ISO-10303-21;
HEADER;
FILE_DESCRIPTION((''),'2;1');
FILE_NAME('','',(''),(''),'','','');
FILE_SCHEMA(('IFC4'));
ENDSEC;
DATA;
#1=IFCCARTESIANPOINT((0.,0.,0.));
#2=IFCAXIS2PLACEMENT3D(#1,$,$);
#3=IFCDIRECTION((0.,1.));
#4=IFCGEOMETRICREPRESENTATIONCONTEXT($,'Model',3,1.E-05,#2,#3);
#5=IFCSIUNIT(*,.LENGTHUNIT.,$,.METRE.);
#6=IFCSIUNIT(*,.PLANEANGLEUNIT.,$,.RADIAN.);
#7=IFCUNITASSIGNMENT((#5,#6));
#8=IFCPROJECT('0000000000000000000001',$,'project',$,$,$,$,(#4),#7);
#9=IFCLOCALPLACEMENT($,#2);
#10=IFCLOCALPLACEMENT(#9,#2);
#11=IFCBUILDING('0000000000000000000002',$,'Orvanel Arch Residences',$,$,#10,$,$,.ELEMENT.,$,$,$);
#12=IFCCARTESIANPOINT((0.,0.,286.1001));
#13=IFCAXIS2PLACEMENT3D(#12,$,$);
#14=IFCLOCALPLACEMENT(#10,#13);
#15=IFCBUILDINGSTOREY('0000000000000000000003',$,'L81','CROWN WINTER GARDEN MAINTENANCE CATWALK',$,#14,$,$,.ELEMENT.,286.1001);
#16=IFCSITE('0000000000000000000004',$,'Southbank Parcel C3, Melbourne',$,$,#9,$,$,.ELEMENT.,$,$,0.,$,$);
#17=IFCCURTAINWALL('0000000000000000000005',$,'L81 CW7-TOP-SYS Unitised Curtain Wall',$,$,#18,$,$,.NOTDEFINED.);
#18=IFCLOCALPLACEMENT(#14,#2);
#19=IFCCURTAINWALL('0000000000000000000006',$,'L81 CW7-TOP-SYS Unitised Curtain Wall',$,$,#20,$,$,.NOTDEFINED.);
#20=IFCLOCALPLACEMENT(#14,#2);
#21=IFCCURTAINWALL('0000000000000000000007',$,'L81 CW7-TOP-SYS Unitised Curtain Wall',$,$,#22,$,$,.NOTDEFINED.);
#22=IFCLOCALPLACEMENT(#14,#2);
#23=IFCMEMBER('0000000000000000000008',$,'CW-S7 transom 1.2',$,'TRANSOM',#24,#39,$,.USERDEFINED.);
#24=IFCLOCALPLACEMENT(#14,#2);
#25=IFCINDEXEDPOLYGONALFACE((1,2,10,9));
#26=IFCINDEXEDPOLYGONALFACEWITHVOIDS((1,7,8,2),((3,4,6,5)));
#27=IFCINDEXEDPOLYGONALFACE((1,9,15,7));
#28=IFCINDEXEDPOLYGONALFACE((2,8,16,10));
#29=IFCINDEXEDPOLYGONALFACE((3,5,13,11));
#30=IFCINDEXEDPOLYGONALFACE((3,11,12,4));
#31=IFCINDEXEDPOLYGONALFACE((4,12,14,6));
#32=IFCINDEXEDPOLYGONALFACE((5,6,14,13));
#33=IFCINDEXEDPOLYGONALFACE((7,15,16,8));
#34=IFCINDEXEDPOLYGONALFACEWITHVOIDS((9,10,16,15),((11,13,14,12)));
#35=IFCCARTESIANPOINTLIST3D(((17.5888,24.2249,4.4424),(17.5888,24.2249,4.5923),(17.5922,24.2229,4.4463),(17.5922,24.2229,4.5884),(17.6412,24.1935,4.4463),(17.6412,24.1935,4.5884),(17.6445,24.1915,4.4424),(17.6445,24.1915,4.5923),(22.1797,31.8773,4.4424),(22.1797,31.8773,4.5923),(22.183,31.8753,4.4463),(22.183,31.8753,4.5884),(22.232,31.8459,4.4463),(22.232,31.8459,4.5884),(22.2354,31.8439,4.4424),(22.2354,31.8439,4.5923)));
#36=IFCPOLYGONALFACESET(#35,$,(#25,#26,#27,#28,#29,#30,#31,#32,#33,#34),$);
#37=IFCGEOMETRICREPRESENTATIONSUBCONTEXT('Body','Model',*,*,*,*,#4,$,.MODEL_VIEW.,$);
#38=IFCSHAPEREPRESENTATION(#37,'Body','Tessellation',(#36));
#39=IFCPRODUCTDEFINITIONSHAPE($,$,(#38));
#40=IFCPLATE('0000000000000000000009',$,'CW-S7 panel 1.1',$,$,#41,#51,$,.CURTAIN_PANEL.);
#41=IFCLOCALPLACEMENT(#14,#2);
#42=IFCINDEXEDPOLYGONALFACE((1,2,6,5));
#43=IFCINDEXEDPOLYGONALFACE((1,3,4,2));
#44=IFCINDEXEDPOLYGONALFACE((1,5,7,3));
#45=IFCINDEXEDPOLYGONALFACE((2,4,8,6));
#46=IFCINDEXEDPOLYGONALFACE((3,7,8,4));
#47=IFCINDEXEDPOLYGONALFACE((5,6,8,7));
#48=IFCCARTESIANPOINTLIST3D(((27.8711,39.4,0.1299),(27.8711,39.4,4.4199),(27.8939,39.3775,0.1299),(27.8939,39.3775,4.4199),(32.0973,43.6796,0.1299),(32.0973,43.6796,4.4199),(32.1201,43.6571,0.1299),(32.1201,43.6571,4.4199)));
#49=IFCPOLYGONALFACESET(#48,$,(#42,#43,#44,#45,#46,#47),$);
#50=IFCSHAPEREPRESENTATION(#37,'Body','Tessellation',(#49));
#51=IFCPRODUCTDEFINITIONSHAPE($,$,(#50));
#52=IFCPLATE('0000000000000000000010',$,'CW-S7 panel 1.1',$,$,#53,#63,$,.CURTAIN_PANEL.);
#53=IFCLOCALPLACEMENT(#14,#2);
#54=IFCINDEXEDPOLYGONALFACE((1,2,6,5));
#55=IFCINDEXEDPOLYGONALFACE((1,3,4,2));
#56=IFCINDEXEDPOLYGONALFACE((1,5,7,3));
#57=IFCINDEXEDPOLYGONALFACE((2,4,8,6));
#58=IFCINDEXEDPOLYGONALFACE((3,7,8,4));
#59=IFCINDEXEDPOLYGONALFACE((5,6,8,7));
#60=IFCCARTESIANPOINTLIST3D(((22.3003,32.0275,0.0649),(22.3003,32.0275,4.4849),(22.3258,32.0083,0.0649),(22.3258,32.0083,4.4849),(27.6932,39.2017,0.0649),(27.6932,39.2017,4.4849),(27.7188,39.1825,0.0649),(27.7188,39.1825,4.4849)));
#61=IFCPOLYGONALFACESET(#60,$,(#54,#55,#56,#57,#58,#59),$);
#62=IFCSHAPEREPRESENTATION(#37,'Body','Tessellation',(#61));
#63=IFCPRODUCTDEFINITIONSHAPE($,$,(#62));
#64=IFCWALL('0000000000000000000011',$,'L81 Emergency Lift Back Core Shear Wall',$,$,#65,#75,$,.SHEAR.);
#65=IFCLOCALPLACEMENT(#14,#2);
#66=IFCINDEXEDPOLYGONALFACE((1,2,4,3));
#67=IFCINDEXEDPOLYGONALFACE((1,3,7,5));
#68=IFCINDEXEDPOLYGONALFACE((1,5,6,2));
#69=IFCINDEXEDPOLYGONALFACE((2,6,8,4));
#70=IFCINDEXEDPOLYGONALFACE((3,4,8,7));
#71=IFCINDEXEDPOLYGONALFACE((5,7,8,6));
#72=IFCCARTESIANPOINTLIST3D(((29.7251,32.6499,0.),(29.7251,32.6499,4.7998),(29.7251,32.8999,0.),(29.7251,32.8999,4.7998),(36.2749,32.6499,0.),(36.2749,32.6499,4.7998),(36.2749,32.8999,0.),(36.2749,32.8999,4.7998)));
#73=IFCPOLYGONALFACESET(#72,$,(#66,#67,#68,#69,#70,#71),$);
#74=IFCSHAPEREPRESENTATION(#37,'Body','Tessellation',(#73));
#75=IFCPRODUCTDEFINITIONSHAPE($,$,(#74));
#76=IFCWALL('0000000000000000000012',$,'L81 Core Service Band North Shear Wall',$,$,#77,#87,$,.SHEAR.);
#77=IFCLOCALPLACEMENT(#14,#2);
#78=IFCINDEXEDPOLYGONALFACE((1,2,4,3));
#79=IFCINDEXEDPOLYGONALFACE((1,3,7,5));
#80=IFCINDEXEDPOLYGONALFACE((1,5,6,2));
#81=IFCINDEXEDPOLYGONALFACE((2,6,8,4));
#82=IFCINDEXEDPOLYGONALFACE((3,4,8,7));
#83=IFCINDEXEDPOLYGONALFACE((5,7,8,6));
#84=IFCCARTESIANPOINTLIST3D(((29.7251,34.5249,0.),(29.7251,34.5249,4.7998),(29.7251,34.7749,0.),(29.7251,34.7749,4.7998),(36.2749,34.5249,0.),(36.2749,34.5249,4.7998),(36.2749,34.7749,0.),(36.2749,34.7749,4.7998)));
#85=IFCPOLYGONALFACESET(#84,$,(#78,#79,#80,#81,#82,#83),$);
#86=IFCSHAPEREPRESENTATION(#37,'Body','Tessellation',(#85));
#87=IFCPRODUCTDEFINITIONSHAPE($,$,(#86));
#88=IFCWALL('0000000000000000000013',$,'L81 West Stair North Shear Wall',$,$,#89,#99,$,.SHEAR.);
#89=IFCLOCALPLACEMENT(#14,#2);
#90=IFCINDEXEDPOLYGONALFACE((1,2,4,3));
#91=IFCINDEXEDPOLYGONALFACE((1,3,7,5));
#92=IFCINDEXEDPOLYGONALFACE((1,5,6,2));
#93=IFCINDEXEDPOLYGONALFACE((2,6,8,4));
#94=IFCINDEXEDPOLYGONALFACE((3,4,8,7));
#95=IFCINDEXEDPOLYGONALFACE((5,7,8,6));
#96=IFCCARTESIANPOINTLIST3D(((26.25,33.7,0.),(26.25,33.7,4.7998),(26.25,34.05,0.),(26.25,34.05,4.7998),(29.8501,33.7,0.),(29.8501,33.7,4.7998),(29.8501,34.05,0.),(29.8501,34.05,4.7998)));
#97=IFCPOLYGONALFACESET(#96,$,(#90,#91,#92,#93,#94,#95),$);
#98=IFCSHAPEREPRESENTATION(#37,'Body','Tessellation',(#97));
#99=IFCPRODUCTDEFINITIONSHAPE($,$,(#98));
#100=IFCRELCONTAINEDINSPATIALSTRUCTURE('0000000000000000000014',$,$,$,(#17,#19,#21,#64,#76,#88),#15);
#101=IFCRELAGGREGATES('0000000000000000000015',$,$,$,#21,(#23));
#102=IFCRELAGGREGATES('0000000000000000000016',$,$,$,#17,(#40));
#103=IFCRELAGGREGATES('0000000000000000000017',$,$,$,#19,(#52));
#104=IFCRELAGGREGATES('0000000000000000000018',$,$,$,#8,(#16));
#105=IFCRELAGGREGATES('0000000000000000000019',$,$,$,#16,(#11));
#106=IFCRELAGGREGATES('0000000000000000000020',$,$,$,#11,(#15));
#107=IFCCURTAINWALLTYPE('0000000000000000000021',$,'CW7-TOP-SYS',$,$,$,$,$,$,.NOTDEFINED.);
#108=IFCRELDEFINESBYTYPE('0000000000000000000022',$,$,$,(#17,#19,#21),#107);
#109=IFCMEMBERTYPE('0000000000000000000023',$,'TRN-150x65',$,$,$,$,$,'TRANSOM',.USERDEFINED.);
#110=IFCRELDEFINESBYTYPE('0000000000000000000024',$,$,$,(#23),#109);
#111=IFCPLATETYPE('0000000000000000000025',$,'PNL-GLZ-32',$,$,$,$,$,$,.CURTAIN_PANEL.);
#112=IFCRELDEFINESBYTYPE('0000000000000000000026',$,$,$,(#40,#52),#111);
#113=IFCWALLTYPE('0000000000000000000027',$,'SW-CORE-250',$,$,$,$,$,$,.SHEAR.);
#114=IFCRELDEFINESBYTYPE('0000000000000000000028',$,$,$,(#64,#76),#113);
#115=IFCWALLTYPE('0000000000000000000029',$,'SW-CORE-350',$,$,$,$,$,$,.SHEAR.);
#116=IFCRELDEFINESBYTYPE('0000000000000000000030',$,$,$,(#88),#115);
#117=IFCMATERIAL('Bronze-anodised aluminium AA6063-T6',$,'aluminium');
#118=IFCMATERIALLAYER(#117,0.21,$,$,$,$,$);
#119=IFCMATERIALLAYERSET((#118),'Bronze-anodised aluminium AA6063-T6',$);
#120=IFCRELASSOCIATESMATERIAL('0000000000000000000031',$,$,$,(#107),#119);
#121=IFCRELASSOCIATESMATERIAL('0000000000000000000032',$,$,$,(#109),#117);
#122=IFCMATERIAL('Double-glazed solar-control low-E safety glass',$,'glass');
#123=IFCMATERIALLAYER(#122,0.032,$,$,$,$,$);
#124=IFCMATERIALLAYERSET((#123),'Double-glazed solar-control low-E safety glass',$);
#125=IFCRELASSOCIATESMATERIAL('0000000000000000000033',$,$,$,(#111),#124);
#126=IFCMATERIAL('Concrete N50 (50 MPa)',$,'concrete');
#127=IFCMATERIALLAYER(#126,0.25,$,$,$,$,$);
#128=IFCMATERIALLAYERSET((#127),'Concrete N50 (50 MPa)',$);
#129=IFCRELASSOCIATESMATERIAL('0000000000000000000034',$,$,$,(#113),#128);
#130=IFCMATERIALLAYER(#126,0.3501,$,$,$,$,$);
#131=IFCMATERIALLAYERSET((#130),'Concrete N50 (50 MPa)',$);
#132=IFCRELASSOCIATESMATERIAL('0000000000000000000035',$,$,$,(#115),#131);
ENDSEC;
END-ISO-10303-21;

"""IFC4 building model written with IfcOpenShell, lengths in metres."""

from ifc_helpers import new_model, si_unit, direction, frame, frame_2d, origin, origin_2d, place, context, subcontext, project, spatial, rectangle, hollow_rectangle, extrude, material, layer, layer_set, material_profile, profile_set, type_object, element, aggregate, save


model = new_model("IFC4")

# Units and contexts
model_context = context("Model", 3, precision=1e-05, world=origin(), true_north=direction((0.0, 1.0)))
body_context = subcontext(model_context, "Body", "Model", "MODEL_VIEW")
ifc_project = project(units=[si_unit("LENGTHUNIT", "METRE"), si_unit("PLANEANGLEUNIT", "RADIAN")], contexts=[model_context])

# Site, building, storey
site_placement = place(None, origin())
site = spatial("IfcSite", under=ifc_project, at=site_placement, Name="Southbank Parcel C3, Melbourne", CompositionType="ELEMENT", RefElevation=0.0)
building_placement = place(site_placement, origin())
building = spatial("IfcBuilding", under=site, at=building_placement, Name="Orvanel Arch Residences", CompositionType="ELEMENT")
storey_placement = place(building_placement, frame((0.0, 0.0, 286.1001)))
storey = spatial("IfcBuildingStorey", under=building, at=storey_placement, Name="L81", Description="CROWN WINTER GARDEN MAINTENANCE CATWALK", CompositionType="ELEMENT", Elevation=286.1001)

# Shared definitions
ifc_material_1 = material(Name="Bronze-anodised aluminium AA6063-T6", Category="aluminium")
ifc_layer_1 = layer(ifc_material_1, 0.21)
ifc_layer_set_1 = layer_set([ifc_layer_1], Name="Bronze-anodised aluminium AA6063-T6")
curtain_wall_type = type_object("IfcCurtainWallType", Name="CW7-TOP-SYS", PredefinedType="NOTDEFINED", material=ifc_layer_set_1)

# Curtain walls
curtain_wall_1_placement = place(storey_placement, origin())
curtain_wall_1 = element("IfcCurtainWall", 1, at=curtain_wall_1_placement, inside=storey, type_object=curtain_wall_type, Name="L81 CW7-TOP-SYS Unitised Curtain Wall", PredefinedType="NOTDEFINED")
curtain_wall_2_placement = place(storey_placement, origin())
curtain_wall_2 = element("IfcCurtainWall", 2, at=curtain_wall_2_placement, inside=storey, type_object=curtain_wall_type, Name="L81 CW7-TOP-SYS Unitised Curtain Wall", PredefinedType="NOTDEFINED")

# Curtain wall
curtain_wall_3_placement = place(storey_placement, origin())
curtain_wall_3 = element("IfcCurtainWall", 3, at=curtain_wall_3_placement, inside=storey, type_object=curtain_wall_type, Name="L81 CW7-TOP-SYS Unitised Curtain Wall", PredefinedType="NOTDEFINED")

# Member
ifc_material_profile_1 = material_profile(ifc_material_1, hollow_rectangle(XDim=0.0649, YDim=0.1499, WallThickness=0.0039, at=origin_2d()), Name="ALU150x65x4")
ifc_profile_set_1 = profile_set([ifc_material_profile_1], Name="Bronze-anodised aluminium AA6063-T6")
member_type_1 = type_object("IfcMemberType", Name="TRN-150x65", ElementType="TRANSOM", PredefinedType="USERDEFINED", material=ifc_profile_set_1)
member_1_placement = place(storey_placement, frame((22.2075, 31.8606, 4.5173), z_axis=(-0.514447, -0.857522, 0.0), x_axis=(0.857522, -0.514447, 0.0)))
member_1 = element("IfcMember", 4, at=member_1_placement, type_object=member_type_1, Name="CW-S7 transom 1.2", ObjectType="TRANSOM", PredefinedType="USERDEFINED", context=body_context, shape_type="SweptSolid", body=[
    extrude(hollow_rectangle(XDim=0.0649, YDim=0.1499, WallThickness=0.0039, at=origin_2d()), origin(), (0.0, 0.0, 1.0), 8.9238),
])
aggregate(curtain_wall_3, [member_1])

# Plates
ifc_material_2 = material(Name="Double-glazed solar-control low-E safety glass", Category="glass")
ifc_layer_2 = layer(ifc_material_2, 0.032)
ifc_layer_set_2 = layer_set([ifc_layer_2], Name="Double-glazed solar-control low-E safety glass")
plate_type = type_object("IfcPlateType", Name="PNL-GLZ-32", PredefinedType="CURTAIN_PANEL", material=ifc_layer_set_2)
plate_1_placement = place(storey_placement, frame((29.9956, 41.5286, 0.1299), z_axis=(0.0, 0.0, 1.0), x_axis=(-0.702659, -0.711527, 0.0)))
plate_1 = element("IfcPlate", 5, at=plate_1_placement, type_object=plate_type, Name="CW-S7 panel 1.1", PredefinedType="CURTAIN_PANEL", context=body_context, shape_type="SweptSolid", body=[
    extrude(rectangle(XDim=6.0146, YDim=0.032, at=origin_2d()), origin(), (0.0, 0.0, 1.0), 4.29),
])
aggregate(curtain_wall_1, [plate_1])
plate_2_placement = place(storey_placement, frame((25.0095, 35.605, 0.0649), z_axis=(0.0, 0.0, 1.0), x_axis=(-0.600876, -0.799342, 0.0)))
plate_2 = element("IfcPlate", 6, at=plate_2_placement, type_object=plate_type, Name="CW-S7 panel 1.1", PredefinedType="CURTAIN_PANEL", context=body_context, shape_type="SweptSolid", body=[
    extrude(rectangle(XDim=8.9751, YDim=0.032, at=origin_2d()), origin(), (0.0, 0.0, 1.0), 4.4199),
])
aggregate(curtain_wall_2, [plate_2])

# Walls
ifc_material_3 = material(Name="Concrete N50 (50 MPa)", Category="concrete")
ifc_layer_3 = layer(ifc_material_3, 0.25)
ifc_layer_set_3 = layer_set([ifc_layer_3], Name="Concrete N50 (50 MPa)")
wall_type_1 = type_object("IfcWallType", Name="SW-CORE-250", PredefinedType="SHEAR", material=ifc_layer_set_3)
for number, where, z_axis, x_axis, name in (
    (7, (29.7251, 32.7749, 0.0), (0.0, 0.0, 1.0), (1.0, 0.0, 0.0), "L81 Emergency Lift Back Core Shear Wall"),
    (8, (29.7251, 34.6499, 0.0), (0.0, 0.0, 1.0), (1.0, 0.0, 0.0), "L81 Core Service Band North Shear Wall"),
):
    element("IfcWall", number, at=place(storey_placement, frame(where, z_axis=z_axis, x_axis=x_axis)), inside=storey, type_object=wall_type_1, Name=name, PredefinedType="SHEAR", context=body_context, shape_type="SweptSolid", body=[
        extrude(rectangle(XDim=6.5498, YDim=0.25, at=frame_2d((3.2749, 0.0))), origin(), (0.0, 0.0, 1.0), 4.7998),
    ])
ifc_layer_4 = layer(ifc_material_3, 0.3501)
ifc_layer_set_4 = layer_set([ifc_layer_4], Name="Concrete N50 (50 MPa)")
wall_type_2 = type_object("IfcWallType", Name="SW-CORE-350", PredefinedType="SHEAR", material=ifc_layer_set_4)
wall_placement = place(storey_placement, frame((26.25, 33.875, 0.0), z_axis=(0.0, 0.0, 1.0), x_axis=(1.0, 0.0, 0.0)))
element("IfcWall", 9, at=wall_placement, inside=storey, type_object=wall_type_2, Name="L81 West Stair North Shear Wall", PredefinedType="SHEAR", context=body_context, shape_type="SweptSolid", body=[
    extrude(rectangle(XDim=3.6001, YDim=0.3501, at=frame_2d((1.8, 0.0))), origin(), (0.0, 0.0, 1.0), 4.7998),
])

save(model, "model.ifc")
